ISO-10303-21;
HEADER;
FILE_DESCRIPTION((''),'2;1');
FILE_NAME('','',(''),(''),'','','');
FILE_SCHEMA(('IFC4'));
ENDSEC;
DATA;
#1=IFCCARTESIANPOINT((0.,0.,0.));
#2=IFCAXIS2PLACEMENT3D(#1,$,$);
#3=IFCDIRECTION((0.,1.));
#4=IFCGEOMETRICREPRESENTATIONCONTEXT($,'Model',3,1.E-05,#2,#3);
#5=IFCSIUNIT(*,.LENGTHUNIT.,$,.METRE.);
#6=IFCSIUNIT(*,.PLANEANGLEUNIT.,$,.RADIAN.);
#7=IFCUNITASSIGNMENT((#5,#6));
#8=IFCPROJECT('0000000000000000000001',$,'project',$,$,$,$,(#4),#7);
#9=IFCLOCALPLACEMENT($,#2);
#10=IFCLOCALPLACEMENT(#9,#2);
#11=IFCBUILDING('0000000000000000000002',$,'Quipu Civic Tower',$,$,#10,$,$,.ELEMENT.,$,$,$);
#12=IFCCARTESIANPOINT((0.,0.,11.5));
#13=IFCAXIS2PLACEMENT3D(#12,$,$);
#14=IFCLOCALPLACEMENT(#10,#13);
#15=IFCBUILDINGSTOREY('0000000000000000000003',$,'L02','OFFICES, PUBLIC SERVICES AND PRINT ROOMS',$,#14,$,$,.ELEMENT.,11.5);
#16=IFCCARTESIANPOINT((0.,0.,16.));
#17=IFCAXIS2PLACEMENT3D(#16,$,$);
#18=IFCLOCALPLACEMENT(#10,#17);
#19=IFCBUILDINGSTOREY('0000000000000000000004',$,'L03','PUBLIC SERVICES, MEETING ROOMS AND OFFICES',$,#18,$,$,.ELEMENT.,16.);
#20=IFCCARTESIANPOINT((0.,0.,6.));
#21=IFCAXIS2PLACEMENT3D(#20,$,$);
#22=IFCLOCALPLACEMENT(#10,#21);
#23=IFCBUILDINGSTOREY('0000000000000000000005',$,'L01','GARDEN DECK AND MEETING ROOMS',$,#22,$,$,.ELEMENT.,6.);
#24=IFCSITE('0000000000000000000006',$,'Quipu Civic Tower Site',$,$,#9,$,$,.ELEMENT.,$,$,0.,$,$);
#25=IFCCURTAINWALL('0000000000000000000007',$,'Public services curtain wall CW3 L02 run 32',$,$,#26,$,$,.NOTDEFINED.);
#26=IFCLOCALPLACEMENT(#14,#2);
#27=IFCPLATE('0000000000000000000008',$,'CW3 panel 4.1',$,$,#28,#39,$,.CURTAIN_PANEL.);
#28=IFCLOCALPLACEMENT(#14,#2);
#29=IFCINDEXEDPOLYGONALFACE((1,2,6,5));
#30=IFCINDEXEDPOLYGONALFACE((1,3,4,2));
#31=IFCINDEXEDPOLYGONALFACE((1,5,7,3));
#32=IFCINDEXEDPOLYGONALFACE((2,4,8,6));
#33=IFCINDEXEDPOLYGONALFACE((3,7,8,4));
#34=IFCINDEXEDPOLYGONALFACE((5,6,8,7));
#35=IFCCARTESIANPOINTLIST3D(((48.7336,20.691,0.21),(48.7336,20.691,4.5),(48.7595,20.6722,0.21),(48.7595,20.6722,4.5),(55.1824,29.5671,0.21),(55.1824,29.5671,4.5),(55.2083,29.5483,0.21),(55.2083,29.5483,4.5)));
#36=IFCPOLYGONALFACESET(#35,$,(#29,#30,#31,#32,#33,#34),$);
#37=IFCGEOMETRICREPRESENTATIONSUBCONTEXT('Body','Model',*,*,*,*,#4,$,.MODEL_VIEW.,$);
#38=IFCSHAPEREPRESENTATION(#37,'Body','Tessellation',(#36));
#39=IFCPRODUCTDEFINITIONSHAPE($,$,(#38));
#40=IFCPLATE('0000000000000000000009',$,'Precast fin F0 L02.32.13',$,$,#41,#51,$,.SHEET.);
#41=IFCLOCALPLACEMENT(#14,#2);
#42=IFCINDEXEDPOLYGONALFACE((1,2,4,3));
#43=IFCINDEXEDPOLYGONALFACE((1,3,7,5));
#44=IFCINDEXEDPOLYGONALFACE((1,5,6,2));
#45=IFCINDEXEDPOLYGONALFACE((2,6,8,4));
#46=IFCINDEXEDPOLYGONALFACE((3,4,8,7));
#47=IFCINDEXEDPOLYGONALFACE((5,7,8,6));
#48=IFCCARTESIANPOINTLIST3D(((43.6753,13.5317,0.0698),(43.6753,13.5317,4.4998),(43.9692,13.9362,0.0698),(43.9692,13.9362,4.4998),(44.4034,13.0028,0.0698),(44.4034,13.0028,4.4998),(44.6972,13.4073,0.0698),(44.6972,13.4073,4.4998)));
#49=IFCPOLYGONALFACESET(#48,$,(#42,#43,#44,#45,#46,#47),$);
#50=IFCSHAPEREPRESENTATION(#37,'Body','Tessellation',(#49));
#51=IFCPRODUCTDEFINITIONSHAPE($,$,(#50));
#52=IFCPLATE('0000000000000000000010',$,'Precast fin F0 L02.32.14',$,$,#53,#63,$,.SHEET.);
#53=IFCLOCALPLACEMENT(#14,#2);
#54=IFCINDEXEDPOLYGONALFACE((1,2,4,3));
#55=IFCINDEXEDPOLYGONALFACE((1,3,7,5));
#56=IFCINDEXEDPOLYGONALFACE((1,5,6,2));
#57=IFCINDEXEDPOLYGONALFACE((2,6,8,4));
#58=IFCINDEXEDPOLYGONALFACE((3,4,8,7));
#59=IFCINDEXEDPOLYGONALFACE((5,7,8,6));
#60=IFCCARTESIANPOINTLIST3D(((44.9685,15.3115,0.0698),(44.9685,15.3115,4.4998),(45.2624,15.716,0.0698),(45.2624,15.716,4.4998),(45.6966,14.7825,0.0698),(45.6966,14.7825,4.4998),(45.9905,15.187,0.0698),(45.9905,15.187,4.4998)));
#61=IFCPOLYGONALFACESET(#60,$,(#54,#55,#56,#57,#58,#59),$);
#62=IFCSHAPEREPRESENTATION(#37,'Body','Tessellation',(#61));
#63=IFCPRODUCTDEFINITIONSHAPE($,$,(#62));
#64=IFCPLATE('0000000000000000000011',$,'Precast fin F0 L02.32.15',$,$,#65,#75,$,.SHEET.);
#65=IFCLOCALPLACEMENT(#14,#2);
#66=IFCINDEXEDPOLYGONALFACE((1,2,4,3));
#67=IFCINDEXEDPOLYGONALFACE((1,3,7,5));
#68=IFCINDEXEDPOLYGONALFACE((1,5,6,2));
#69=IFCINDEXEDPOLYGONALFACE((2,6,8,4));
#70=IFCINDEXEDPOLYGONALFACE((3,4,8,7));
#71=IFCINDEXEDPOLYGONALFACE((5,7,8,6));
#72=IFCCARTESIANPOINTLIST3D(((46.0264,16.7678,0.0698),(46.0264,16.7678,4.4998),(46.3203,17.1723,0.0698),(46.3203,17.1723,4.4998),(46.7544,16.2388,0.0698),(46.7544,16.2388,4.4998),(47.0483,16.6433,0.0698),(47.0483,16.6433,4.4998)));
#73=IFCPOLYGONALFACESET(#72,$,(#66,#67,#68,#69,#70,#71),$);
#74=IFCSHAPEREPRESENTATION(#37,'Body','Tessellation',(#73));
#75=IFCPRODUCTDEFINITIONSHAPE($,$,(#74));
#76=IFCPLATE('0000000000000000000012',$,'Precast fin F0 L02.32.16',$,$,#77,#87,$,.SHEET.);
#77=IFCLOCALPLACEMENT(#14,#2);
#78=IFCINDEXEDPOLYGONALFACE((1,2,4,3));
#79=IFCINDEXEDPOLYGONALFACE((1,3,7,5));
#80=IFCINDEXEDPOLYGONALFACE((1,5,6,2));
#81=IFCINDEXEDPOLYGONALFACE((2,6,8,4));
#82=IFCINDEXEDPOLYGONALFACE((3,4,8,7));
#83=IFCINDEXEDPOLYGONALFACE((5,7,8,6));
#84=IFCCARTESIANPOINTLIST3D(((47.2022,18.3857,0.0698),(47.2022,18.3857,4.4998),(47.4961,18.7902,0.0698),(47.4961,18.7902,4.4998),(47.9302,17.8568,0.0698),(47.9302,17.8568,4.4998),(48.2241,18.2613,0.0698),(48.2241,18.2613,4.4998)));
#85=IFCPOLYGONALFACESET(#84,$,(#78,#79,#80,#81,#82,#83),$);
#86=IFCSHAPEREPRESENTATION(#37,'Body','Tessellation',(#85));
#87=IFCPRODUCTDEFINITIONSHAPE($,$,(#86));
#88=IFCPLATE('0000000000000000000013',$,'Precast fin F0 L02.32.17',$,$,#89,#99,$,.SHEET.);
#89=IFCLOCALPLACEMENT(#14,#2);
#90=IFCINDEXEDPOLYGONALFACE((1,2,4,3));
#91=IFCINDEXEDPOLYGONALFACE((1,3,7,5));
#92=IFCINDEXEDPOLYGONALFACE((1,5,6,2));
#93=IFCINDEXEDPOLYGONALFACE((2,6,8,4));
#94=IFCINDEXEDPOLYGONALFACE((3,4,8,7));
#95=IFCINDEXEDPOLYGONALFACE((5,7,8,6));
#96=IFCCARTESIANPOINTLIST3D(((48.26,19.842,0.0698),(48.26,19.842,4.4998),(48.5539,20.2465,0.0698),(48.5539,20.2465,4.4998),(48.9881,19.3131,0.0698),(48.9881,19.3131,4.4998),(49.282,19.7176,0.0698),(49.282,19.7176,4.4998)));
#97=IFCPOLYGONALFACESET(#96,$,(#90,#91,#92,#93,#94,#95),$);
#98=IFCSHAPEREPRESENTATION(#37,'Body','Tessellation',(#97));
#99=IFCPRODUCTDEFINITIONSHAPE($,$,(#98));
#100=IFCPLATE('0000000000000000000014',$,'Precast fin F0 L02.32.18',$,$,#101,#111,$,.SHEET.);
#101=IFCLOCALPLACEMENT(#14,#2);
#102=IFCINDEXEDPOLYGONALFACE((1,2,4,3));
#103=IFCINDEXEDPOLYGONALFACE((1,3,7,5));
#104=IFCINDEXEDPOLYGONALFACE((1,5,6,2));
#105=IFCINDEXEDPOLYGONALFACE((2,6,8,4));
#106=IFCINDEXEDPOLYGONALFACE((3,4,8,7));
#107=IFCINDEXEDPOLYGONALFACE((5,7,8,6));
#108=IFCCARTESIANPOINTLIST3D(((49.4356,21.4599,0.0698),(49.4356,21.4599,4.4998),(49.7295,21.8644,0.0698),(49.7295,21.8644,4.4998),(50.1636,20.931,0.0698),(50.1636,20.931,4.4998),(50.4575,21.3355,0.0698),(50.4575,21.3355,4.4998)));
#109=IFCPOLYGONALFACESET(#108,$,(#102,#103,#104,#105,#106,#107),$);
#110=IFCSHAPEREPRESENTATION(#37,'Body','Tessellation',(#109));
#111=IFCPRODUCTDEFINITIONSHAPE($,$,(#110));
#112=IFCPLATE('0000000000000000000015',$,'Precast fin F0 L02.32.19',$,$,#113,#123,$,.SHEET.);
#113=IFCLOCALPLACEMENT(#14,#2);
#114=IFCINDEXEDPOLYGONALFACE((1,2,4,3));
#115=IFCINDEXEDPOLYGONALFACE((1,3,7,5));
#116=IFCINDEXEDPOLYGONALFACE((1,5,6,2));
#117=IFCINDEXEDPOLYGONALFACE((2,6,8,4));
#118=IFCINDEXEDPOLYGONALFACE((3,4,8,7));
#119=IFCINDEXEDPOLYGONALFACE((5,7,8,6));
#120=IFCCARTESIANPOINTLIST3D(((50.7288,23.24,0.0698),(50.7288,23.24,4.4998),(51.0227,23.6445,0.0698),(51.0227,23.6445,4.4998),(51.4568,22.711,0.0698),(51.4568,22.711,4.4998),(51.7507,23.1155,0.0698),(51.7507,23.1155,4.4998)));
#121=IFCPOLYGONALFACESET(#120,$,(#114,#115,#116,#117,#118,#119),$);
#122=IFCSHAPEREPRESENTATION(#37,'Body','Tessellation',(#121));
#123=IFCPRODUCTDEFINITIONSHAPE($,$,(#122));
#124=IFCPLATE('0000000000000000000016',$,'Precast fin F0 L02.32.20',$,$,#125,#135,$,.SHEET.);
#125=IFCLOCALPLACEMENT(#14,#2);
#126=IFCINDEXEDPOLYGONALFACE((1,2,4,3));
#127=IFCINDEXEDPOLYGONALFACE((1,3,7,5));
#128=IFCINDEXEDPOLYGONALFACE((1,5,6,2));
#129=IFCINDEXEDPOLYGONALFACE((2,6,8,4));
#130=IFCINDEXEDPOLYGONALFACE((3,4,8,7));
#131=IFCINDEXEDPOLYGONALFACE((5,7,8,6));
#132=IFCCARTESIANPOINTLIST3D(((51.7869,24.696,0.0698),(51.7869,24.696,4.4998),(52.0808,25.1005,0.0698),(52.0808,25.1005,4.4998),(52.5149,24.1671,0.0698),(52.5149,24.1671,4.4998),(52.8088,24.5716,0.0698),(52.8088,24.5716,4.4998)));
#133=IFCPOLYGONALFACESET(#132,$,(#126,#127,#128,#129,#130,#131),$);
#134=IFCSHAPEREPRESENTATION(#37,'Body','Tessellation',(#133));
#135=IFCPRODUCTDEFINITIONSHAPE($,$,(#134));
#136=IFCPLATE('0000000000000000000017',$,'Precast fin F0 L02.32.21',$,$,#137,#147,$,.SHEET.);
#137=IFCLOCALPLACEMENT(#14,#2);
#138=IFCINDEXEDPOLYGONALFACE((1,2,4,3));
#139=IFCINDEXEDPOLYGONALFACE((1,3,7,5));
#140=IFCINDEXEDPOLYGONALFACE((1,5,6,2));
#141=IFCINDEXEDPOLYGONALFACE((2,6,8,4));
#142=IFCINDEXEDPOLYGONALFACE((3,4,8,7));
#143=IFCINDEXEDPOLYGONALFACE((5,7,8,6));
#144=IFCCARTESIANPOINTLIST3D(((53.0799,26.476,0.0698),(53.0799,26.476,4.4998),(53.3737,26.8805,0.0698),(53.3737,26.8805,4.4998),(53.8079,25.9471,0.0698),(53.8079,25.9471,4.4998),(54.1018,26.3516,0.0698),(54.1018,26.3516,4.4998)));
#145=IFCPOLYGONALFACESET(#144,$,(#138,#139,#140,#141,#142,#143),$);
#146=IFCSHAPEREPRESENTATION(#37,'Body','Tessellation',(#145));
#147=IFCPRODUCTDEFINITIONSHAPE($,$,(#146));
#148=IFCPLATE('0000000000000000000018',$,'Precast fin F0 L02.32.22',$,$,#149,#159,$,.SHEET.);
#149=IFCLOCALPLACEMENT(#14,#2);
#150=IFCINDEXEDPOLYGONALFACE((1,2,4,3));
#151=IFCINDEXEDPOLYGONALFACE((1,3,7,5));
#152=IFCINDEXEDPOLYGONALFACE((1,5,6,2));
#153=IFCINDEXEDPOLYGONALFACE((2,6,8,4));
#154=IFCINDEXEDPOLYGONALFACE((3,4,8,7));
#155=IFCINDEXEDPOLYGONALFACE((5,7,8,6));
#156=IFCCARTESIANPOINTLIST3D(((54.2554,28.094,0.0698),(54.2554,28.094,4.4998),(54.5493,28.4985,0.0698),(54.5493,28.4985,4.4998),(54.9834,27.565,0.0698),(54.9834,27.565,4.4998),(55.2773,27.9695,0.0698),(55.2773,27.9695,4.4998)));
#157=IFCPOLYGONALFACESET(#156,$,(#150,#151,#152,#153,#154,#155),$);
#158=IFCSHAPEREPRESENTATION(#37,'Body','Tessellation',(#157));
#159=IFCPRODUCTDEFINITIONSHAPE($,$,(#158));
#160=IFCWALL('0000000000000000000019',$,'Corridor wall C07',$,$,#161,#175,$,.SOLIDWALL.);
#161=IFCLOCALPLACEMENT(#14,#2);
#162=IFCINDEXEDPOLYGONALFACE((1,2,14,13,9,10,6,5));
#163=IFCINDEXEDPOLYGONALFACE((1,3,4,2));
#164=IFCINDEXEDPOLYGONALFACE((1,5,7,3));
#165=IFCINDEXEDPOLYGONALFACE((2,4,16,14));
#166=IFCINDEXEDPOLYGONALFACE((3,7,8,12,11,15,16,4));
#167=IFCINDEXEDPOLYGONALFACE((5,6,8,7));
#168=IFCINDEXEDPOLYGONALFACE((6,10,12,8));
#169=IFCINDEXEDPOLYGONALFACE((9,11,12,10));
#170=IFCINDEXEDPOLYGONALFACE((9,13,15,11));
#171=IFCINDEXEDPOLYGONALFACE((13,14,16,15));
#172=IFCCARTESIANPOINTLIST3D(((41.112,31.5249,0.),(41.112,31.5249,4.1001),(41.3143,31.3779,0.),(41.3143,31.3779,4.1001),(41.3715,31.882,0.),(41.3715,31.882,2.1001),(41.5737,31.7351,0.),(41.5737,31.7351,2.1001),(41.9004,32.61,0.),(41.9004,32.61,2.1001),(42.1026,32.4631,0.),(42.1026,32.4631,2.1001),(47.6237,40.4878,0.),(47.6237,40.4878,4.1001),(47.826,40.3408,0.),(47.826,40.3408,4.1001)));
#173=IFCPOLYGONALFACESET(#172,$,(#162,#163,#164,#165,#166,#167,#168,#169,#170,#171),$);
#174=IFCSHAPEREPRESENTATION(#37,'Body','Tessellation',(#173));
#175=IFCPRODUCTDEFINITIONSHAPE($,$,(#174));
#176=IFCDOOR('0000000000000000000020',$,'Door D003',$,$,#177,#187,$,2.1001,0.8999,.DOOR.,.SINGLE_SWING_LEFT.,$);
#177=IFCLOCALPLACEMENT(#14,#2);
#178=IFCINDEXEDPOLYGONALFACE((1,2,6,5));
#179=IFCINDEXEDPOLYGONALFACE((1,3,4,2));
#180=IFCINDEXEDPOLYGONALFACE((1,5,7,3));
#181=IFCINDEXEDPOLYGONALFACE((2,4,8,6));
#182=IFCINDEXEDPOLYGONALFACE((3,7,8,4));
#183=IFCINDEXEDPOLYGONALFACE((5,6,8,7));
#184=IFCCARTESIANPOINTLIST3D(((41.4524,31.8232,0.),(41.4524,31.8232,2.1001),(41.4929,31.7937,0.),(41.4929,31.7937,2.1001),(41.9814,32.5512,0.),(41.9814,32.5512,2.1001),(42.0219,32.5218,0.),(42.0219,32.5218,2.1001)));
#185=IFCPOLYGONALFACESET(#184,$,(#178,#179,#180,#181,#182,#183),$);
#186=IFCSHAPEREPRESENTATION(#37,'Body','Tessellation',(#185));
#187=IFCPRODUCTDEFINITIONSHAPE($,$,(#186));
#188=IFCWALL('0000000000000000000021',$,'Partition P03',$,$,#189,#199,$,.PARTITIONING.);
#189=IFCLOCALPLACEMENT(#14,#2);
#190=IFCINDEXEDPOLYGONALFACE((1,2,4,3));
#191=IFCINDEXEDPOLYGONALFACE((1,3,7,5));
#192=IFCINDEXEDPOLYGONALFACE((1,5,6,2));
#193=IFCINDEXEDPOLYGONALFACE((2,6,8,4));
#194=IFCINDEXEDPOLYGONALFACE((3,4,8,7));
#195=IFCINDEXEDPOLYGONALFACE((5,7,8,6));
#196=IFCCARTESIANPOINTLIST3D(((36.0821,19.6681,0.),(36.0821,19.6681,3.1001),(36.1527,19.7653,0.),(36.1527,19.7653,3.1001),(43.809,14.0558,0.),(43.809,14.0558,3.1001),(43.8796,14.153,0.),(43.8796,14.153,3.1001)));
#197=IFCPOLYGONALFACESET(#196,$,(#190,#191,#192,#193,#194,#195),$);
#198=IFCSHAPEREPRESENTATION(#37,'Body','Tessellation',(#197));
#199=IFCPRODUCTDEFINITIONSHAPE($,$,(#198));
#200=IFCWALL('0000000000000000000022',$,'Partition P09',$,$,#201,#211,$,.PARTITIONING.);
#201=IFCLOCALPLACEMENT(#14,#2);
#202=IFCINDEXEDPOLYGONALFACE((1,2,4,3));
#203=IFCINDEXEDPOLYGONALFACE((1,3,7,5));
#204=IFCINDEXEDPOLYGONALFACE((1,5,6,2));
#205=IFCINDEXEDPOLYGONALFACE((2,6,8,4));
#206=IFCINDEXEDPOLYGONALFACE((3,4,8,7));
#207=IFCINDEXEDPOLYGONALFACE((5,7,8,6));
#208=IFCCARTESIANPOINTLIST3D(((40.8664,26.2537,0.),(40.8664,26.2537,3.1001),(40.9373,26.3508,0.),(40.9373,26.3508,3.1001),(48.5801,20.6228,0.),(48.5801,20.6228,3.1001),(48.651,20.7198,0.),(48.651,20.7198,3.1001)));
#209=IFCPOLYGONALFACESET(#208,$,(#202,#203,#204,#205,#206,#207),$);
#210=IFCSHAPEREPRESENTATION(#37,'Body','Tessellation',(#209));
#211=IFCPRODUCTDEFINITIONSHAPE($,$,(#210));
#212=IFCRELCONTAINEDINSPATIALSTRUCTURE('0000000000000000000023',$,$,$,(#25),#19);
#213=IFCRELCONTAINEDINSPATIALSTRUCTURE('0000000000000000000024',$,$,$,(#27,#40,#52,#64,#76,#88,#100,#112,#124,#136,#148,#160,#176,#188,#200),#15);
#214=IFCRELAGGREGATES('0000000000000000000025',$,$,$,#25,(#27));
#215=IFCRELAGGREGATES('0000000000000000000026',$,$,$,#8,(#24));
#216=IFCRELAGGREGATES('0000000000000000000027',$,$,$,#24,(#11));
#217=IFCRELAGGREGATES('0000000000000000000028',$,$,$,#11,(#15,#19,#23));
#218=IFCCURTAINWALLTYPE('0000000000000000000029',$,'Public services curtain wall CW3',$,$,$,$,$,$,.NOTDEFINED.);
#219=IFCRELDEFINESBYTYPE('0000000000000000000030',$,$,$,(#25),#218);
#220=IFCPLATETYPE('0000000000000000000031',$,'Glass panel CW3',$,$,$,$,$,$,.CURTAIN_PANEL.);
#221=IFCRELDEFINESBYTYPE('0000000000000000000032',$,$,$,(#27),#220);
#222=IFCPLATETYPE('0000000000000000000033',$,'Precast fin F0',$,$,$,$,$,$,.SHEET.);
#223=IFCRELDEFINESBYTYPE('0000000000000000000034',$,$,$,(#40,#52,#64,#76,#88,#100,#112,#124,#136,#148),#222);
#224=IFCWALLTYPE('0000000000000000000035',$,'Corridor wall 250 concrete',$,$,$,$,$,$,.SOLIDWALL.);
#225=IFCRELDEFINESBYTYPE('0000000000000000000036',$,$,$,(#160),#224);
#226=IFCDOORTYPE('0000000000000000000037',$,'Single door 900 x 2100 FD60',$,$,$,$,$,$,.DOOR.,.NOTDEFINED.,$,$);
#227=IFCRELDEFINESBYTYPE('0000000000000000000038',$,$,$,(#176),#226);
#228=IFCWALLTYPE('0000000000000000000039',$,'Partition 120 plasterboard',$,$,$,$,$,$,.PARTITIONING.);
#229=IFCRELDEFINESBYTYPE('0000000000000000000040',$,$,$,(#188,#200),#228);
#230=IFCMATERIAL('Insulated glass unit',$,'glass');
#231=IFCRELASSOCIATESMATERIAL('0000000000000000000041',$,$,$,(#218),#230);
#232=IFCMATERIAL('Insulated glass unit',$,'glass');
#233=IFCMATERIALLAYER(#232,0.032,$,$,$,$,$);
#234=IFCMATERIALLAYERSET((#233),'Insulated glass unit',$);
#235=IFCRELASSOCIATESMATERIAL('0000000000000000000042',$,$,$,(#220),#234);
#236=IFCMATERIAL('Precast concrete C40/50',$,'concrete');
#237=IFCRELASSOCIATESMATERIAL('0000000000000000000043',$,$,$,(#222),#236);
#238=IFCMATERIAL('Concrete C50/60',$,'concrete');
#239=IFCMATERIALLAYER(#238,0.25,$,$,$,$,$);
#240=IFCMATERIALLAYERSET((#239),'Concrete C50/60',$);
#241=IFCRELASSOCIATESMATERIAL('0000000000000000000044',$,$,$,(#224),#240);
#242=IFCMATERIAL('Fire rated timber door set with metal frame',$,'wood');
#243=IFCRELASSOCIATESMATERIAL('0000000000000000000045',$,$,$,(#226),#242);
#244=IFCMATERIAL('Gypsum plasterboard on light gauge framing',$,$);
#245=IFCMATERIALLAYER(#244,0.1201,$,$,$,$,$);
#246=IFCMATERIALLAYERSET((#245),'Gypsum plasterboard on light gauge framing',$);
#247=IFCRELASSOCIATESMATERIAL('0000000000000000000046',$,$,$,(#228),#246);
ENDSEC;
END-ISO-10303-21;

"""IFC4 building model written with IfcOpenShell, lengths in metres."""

from ifc_helpers import new_model, si_unit, direction, frame, frame_2d, origin, origin_2d, place, context, subcontext, project, spatial, rectangle, extrude, material, layer, layer_set, type_object, element, fill, aggregate, save


model = new_model("IFC4")

# Units and contexts
model_context = context("Model", 3, precision=1e-05, world=origin(), true_north=direction((0.0, 1.0)))
body_context = subcontext(model_context, "Body", "Model", "MODEL_VIEW")
ifc_project = project(units=[si_unit("LENGTHUNIT", "METRE"), si_unit("PLANEANGLEUNIT", "RADIAN")], contexts=[model_context])

# Site, building, storey
site_placement = place(None, origin())
site = spatial("IfcSite", under=ifc_project, at=site_placement, Name="Quipu Civic Tower Site", CompositionType="ELEMENT", RefElevation=0.0)
building_placement = place(site_placement, origin())
building = spatial("IfcBuilding", under=site, at=building_placement, Name="Quipu Civic Tower", CompositionType="ELEMENT")
storey_1_placement = place(building_placement, frame((0.0, 0.0, 11.5)))
storey_1 = spatial("IfcBuildingStorey", under=building, at=storey_1_placement, Name="L02", Description="OFFICES, PUBLIC SERVICES AND PRINT ROOMS", CompositionType="ELEMENT", Elevation=11.5)

# Shared definitions
storey_2_placement = place(building_placement, frame((0.0, 0.0, 16.0)))
storey_2 = spatial("IfcBuildingStorey", under=building, at=storey_2_placement, Name="L03", Description="PUBLIC SERVICES, MEETING ROOMS AND OFFICES", CompositionType="ELEMENT", Elevation=16.0)

# Curtain wall
ifc_material_1 = material(Name="Insulated glass unit", Category="glass")
curtain_wall_type_1 = type_object("IfcCurtainWallType", Name="Public services curtain wall CW3", PredefinedType="NOTDEFINED", material=ifc_material_1)
curtain_wall_1_placement = place(storey_2_placement, origin())
curtain_wall_1 = element("IfcCurtainWall", 1, at=curtain_wall_1_placement, inside=storey_2, type_object=curtain_wall_type_1, Name="Public services curtain wall CW3 L02 run 32", PredefinedType="NOTDEFINED")

# Shared definitions
storey_3_placement = place(building_placement, frame((0.0, 0.0, 6.0)))
storey_3 = spatial("IfcBuildingStorey", under=building, at=storey_3_placement, Name="L01", Description="GARDEN DECK AND MEETING ROOMS", CompositionType="ELEMENT", Elevation=6.0)

# Plate
ifc_material_2 = material(Name="Insulated glass unit", Category="glass")
ifc_layer_1 = layer(ifc_material_2, 0.032)
ifc_layer_set_1 = layer_set([ifc_layer_1], Name="Insulated glass unit")
plate_type_1 = type_object("IfcPlateType", Name="Glass panel CW3", PredefinedType="CURTAIN_PANEL", material=ifc_layer_set_1)
plate_1_placement = place(storey_1_placement, frame((51.9709, 25.1196, 0.21), z_axis=(0.0, 0.0, 1.0), x_axis=(0.587785, 0.809017, 0.0)))
plate_1 = element("IfcPlate", 2, at=plate_1_placement, inside=storey_1, type_object=plate_type_1, Name="CW3 panel 4.1", PredefinedType="CURTAIN_PANEL", context=body_context, shape_type="SweptSolid", body=[
    extrude(rectangle(XDim=10.9714, YDim=0.032, at=origin_2d()), origin(), (0.0, 0.0, 1.0), 4.29),
])
aggregate(curtain_wall_1, [plate_1])

# Plates
ifc_material_3 = material(Name="Precast concrete C40/50", Category="concrete")
plate_type_2 = type_object("IfcPlateType", Name="Precast fin F0", PredefinedType="SHEET", material=ifc_material_3)
for number, where, z_axis, x_axis, name in (
    (3, (44.1863, 13.4695, 0.0698), (0.0, 0.0, 1.0), (0.587786, 0.809017, 0.0), "Precast fin F0 L02.32.13"),
    (4, (45.4795, 15.2493, 0.0698), (0.0, 0.0, 1.0), (0.587786, 0.809017, 0.0), "Precast fin F0 L02.32.14"),
    (5, (46.5374, 16.7056, 0.0698), (0.0, 0.0, 1.0), (0.587786, 0.809017, 0.0), "Precast fin F0 L02.32.15"),
    (6, (47.7131, 18.3235, 0.0698), (0.0, 0.0, 1.0), (0.587786, 0.809017, 0.0), "Precast fin F0 L02.32.16"),
    (7, (48.771, 19.7798, 0.0698), (0.0, 0.0, 1.0), (0.587786, 0.809017, 0.0), "Precast fin F0 L02.32.17"),
    (8, (49.9465, 21.3977, 0.0698), (0.0, 0.0, 1.0), (0.587786, 0.809017, 0.0), "Precast fin F0 L02.32.18"),
    (9, (51.2397, 23.1777, 0.0698), (0.0, 0.0, 1.0), (0.587786, 0.809017, 0.0), "Precast fin F0 L02.32.19"),
    (10, (52.2979, 24.6338, 0.0698), (0.0, 0.0, 1.0), (0.587786, 0.809017, 0.0), "Precast fin F0 L02.32.20"),
    (11, (53.5908, 26.4138, 0.0698), (0.0, 0.0, 1.0), (0.587786, 0.809017, 0.0), "Precast fin F0 L02.32.21"),
    (12, (54.7664, 28.0317, 0.0698), (0.0, 0.0, 1.0), (0.587786, 0.809017, 0.0), "Precast fin F0 L02.32.22"),
):
    element("IfcPlate", number, at=place(storey_1_placement, frame(where, z_axis=z_axis, x_axis=x_axis)), inside=storey_1, type_object=plate_type_2, Name=name, PredefinedType="SHEET", context=body_context, shape_type="SweptSolid", body=[
        extrude(rectangle(XDim=0.5, YDim=0.8999, at=origin_2d()), origin(), (0.0, 0.0, 1.0), 4.4299),
    ])

# Wall, opening, door
ifc_material_4 = material(Name="Concrete C50/60", Category="concrete")
ifc_layer_2 = layer(ifc_material_4, 0.25)
ifc_layer_set_2 = layer_set([ifc_layer_2], Name="Concrete C50/60")
wall_type_1 = type_object("IfcWallType", Name="Corridor wall 250 concrete", PredefinedType="SOLIDWALL", material=ifc_layer_set_2)
wall_1_placement = place(storey_1_placement, frame((41.2131, 31.4514, 0.0), z_axis=(0.0, 0.0, 1.0), x_axis=(0.587773, 0.809026, 0.0)))
wall_1 = element("IfcWall", 13, at=wall_1_placement, inside=storey_1, type_object=wall_type_1, Name="Corridor wall C07", PredefinedType="SOLIDWALL", context=body_context, shape_type="SweptSolid", body=[
    extrude(rectangle(XDim=11.0786, YDim=0.25, at=frame_2d((5.5393, 0.0))), origin(), (0.0, 0.0, 1.0), 4.1001),
])
opening_placement = place(wall_1_placement, frame((0.4414, 0.0, 0.0)))
opening = element("IfcOpeningElement", 14, at=opening_placement, cuts=wall_1, PredefinedType="OPENING", context=body_context, shape_type="SweptSolid", body=[
    extrude(rectangle(XDim=0.8999, YDim=2.1001, at=frame_2d((0.45, 1.05))), frame((0.0, 0.135, 0.0), z_axis=(0.0, -1.0, 0.0), x_axis=(1.0, 0.0, 0.0)), (0.0, 0.0, 1.0), 0.27),
])
ifc_material_5 = material(Name="Fire rated timber door set with metal frame", Category="wood")
door_type = type_object("IfcDoorType", Name="Single door 900 x 2100 FD60", OperationType="NOTDEFINED", PredefinedType="DOOR", material=ifc_material_5)
door_placement = place(opening_placement, origin())
door = element("IfcDoor", 15, at=door_placement, inside=storey_1, type_object=door_type, Name="Door D003", OperationType="SINGLE_SWING_LEFT", OverallHeight=2.1001, OverallWidth=0.8999, PredefinedType="DOOR", context=body_context, shape_type="SweptSolid", body=[
    extrude(rectangle(XDim=0.8999, YDim=2.1001, at=frame_2d((0.45, 1.05))), frame((0.0, 0.0249, 0.0), z_axis=(0.0, -1.0, 0.0), x_axis=(1.0, 0.0, 0.0)), (0.0, 0.0, 1.0), 0.05),
])
fill(opening, door)

# Walls
ifc_material_6 = material(Name="Gypsum plasterboard on light gauge framing")
ifc_layer_3 = layer(ifc_material_6, 0.1201)
ifc_layer_set_3 = layer_set([ifc_layer_3], Name="Gypsum plasterboard on light gauge framing")
wall_type_2 = type_object("IfcWallType", Name="Partition 120 plasterboard", PredefinedType="PARTITIONING", material=ifc_layer_set_3)
wall_2_placement = place(storey_1_placement, frame((43.8442, 14.1045, 0.0), z_axis=(0.0, 0.0, 1.0), x_axis=(-0.809103, 0.587667, 0.0)))
element("IfcWall", 16, at=wall_2_placement, inside=storey_1, type_object=wall_type_2, Name="Partition P03", PredefinedType="PARTITIONING", context=body_context, shape_type="SweptSolid", body=[
    extrude(rectangle(XDim=9.55, YDim=0.1201, at=frame_2d((4.7749, 0.0))), origin(), (0.0, 0.0, 1.0), 3.1001),
])
wall_3_placement = place(storey_1_placement, frame((40.9019, 26.3022, 0.0), z_axis=(0.0, 0.0, 1.0), x_axis=(0.807691, -0.589606, 0.0)))
element("IfcWall", 17, at=wall_3_placement, inside=storey_1, type_object=wall_type_2, Name="Partition P09", PredefinedType="PARTITIONING", context=body_context, shape_type="SweptSolid", body=[
    extrude(rectangle(XDim=9.5503, YDim=0.1201, at=frame_2d((4.7751, 0.0))), origin(), (0.0, 0.0, 1.0), 3.1001),
])

save(model, "model.ifc")
